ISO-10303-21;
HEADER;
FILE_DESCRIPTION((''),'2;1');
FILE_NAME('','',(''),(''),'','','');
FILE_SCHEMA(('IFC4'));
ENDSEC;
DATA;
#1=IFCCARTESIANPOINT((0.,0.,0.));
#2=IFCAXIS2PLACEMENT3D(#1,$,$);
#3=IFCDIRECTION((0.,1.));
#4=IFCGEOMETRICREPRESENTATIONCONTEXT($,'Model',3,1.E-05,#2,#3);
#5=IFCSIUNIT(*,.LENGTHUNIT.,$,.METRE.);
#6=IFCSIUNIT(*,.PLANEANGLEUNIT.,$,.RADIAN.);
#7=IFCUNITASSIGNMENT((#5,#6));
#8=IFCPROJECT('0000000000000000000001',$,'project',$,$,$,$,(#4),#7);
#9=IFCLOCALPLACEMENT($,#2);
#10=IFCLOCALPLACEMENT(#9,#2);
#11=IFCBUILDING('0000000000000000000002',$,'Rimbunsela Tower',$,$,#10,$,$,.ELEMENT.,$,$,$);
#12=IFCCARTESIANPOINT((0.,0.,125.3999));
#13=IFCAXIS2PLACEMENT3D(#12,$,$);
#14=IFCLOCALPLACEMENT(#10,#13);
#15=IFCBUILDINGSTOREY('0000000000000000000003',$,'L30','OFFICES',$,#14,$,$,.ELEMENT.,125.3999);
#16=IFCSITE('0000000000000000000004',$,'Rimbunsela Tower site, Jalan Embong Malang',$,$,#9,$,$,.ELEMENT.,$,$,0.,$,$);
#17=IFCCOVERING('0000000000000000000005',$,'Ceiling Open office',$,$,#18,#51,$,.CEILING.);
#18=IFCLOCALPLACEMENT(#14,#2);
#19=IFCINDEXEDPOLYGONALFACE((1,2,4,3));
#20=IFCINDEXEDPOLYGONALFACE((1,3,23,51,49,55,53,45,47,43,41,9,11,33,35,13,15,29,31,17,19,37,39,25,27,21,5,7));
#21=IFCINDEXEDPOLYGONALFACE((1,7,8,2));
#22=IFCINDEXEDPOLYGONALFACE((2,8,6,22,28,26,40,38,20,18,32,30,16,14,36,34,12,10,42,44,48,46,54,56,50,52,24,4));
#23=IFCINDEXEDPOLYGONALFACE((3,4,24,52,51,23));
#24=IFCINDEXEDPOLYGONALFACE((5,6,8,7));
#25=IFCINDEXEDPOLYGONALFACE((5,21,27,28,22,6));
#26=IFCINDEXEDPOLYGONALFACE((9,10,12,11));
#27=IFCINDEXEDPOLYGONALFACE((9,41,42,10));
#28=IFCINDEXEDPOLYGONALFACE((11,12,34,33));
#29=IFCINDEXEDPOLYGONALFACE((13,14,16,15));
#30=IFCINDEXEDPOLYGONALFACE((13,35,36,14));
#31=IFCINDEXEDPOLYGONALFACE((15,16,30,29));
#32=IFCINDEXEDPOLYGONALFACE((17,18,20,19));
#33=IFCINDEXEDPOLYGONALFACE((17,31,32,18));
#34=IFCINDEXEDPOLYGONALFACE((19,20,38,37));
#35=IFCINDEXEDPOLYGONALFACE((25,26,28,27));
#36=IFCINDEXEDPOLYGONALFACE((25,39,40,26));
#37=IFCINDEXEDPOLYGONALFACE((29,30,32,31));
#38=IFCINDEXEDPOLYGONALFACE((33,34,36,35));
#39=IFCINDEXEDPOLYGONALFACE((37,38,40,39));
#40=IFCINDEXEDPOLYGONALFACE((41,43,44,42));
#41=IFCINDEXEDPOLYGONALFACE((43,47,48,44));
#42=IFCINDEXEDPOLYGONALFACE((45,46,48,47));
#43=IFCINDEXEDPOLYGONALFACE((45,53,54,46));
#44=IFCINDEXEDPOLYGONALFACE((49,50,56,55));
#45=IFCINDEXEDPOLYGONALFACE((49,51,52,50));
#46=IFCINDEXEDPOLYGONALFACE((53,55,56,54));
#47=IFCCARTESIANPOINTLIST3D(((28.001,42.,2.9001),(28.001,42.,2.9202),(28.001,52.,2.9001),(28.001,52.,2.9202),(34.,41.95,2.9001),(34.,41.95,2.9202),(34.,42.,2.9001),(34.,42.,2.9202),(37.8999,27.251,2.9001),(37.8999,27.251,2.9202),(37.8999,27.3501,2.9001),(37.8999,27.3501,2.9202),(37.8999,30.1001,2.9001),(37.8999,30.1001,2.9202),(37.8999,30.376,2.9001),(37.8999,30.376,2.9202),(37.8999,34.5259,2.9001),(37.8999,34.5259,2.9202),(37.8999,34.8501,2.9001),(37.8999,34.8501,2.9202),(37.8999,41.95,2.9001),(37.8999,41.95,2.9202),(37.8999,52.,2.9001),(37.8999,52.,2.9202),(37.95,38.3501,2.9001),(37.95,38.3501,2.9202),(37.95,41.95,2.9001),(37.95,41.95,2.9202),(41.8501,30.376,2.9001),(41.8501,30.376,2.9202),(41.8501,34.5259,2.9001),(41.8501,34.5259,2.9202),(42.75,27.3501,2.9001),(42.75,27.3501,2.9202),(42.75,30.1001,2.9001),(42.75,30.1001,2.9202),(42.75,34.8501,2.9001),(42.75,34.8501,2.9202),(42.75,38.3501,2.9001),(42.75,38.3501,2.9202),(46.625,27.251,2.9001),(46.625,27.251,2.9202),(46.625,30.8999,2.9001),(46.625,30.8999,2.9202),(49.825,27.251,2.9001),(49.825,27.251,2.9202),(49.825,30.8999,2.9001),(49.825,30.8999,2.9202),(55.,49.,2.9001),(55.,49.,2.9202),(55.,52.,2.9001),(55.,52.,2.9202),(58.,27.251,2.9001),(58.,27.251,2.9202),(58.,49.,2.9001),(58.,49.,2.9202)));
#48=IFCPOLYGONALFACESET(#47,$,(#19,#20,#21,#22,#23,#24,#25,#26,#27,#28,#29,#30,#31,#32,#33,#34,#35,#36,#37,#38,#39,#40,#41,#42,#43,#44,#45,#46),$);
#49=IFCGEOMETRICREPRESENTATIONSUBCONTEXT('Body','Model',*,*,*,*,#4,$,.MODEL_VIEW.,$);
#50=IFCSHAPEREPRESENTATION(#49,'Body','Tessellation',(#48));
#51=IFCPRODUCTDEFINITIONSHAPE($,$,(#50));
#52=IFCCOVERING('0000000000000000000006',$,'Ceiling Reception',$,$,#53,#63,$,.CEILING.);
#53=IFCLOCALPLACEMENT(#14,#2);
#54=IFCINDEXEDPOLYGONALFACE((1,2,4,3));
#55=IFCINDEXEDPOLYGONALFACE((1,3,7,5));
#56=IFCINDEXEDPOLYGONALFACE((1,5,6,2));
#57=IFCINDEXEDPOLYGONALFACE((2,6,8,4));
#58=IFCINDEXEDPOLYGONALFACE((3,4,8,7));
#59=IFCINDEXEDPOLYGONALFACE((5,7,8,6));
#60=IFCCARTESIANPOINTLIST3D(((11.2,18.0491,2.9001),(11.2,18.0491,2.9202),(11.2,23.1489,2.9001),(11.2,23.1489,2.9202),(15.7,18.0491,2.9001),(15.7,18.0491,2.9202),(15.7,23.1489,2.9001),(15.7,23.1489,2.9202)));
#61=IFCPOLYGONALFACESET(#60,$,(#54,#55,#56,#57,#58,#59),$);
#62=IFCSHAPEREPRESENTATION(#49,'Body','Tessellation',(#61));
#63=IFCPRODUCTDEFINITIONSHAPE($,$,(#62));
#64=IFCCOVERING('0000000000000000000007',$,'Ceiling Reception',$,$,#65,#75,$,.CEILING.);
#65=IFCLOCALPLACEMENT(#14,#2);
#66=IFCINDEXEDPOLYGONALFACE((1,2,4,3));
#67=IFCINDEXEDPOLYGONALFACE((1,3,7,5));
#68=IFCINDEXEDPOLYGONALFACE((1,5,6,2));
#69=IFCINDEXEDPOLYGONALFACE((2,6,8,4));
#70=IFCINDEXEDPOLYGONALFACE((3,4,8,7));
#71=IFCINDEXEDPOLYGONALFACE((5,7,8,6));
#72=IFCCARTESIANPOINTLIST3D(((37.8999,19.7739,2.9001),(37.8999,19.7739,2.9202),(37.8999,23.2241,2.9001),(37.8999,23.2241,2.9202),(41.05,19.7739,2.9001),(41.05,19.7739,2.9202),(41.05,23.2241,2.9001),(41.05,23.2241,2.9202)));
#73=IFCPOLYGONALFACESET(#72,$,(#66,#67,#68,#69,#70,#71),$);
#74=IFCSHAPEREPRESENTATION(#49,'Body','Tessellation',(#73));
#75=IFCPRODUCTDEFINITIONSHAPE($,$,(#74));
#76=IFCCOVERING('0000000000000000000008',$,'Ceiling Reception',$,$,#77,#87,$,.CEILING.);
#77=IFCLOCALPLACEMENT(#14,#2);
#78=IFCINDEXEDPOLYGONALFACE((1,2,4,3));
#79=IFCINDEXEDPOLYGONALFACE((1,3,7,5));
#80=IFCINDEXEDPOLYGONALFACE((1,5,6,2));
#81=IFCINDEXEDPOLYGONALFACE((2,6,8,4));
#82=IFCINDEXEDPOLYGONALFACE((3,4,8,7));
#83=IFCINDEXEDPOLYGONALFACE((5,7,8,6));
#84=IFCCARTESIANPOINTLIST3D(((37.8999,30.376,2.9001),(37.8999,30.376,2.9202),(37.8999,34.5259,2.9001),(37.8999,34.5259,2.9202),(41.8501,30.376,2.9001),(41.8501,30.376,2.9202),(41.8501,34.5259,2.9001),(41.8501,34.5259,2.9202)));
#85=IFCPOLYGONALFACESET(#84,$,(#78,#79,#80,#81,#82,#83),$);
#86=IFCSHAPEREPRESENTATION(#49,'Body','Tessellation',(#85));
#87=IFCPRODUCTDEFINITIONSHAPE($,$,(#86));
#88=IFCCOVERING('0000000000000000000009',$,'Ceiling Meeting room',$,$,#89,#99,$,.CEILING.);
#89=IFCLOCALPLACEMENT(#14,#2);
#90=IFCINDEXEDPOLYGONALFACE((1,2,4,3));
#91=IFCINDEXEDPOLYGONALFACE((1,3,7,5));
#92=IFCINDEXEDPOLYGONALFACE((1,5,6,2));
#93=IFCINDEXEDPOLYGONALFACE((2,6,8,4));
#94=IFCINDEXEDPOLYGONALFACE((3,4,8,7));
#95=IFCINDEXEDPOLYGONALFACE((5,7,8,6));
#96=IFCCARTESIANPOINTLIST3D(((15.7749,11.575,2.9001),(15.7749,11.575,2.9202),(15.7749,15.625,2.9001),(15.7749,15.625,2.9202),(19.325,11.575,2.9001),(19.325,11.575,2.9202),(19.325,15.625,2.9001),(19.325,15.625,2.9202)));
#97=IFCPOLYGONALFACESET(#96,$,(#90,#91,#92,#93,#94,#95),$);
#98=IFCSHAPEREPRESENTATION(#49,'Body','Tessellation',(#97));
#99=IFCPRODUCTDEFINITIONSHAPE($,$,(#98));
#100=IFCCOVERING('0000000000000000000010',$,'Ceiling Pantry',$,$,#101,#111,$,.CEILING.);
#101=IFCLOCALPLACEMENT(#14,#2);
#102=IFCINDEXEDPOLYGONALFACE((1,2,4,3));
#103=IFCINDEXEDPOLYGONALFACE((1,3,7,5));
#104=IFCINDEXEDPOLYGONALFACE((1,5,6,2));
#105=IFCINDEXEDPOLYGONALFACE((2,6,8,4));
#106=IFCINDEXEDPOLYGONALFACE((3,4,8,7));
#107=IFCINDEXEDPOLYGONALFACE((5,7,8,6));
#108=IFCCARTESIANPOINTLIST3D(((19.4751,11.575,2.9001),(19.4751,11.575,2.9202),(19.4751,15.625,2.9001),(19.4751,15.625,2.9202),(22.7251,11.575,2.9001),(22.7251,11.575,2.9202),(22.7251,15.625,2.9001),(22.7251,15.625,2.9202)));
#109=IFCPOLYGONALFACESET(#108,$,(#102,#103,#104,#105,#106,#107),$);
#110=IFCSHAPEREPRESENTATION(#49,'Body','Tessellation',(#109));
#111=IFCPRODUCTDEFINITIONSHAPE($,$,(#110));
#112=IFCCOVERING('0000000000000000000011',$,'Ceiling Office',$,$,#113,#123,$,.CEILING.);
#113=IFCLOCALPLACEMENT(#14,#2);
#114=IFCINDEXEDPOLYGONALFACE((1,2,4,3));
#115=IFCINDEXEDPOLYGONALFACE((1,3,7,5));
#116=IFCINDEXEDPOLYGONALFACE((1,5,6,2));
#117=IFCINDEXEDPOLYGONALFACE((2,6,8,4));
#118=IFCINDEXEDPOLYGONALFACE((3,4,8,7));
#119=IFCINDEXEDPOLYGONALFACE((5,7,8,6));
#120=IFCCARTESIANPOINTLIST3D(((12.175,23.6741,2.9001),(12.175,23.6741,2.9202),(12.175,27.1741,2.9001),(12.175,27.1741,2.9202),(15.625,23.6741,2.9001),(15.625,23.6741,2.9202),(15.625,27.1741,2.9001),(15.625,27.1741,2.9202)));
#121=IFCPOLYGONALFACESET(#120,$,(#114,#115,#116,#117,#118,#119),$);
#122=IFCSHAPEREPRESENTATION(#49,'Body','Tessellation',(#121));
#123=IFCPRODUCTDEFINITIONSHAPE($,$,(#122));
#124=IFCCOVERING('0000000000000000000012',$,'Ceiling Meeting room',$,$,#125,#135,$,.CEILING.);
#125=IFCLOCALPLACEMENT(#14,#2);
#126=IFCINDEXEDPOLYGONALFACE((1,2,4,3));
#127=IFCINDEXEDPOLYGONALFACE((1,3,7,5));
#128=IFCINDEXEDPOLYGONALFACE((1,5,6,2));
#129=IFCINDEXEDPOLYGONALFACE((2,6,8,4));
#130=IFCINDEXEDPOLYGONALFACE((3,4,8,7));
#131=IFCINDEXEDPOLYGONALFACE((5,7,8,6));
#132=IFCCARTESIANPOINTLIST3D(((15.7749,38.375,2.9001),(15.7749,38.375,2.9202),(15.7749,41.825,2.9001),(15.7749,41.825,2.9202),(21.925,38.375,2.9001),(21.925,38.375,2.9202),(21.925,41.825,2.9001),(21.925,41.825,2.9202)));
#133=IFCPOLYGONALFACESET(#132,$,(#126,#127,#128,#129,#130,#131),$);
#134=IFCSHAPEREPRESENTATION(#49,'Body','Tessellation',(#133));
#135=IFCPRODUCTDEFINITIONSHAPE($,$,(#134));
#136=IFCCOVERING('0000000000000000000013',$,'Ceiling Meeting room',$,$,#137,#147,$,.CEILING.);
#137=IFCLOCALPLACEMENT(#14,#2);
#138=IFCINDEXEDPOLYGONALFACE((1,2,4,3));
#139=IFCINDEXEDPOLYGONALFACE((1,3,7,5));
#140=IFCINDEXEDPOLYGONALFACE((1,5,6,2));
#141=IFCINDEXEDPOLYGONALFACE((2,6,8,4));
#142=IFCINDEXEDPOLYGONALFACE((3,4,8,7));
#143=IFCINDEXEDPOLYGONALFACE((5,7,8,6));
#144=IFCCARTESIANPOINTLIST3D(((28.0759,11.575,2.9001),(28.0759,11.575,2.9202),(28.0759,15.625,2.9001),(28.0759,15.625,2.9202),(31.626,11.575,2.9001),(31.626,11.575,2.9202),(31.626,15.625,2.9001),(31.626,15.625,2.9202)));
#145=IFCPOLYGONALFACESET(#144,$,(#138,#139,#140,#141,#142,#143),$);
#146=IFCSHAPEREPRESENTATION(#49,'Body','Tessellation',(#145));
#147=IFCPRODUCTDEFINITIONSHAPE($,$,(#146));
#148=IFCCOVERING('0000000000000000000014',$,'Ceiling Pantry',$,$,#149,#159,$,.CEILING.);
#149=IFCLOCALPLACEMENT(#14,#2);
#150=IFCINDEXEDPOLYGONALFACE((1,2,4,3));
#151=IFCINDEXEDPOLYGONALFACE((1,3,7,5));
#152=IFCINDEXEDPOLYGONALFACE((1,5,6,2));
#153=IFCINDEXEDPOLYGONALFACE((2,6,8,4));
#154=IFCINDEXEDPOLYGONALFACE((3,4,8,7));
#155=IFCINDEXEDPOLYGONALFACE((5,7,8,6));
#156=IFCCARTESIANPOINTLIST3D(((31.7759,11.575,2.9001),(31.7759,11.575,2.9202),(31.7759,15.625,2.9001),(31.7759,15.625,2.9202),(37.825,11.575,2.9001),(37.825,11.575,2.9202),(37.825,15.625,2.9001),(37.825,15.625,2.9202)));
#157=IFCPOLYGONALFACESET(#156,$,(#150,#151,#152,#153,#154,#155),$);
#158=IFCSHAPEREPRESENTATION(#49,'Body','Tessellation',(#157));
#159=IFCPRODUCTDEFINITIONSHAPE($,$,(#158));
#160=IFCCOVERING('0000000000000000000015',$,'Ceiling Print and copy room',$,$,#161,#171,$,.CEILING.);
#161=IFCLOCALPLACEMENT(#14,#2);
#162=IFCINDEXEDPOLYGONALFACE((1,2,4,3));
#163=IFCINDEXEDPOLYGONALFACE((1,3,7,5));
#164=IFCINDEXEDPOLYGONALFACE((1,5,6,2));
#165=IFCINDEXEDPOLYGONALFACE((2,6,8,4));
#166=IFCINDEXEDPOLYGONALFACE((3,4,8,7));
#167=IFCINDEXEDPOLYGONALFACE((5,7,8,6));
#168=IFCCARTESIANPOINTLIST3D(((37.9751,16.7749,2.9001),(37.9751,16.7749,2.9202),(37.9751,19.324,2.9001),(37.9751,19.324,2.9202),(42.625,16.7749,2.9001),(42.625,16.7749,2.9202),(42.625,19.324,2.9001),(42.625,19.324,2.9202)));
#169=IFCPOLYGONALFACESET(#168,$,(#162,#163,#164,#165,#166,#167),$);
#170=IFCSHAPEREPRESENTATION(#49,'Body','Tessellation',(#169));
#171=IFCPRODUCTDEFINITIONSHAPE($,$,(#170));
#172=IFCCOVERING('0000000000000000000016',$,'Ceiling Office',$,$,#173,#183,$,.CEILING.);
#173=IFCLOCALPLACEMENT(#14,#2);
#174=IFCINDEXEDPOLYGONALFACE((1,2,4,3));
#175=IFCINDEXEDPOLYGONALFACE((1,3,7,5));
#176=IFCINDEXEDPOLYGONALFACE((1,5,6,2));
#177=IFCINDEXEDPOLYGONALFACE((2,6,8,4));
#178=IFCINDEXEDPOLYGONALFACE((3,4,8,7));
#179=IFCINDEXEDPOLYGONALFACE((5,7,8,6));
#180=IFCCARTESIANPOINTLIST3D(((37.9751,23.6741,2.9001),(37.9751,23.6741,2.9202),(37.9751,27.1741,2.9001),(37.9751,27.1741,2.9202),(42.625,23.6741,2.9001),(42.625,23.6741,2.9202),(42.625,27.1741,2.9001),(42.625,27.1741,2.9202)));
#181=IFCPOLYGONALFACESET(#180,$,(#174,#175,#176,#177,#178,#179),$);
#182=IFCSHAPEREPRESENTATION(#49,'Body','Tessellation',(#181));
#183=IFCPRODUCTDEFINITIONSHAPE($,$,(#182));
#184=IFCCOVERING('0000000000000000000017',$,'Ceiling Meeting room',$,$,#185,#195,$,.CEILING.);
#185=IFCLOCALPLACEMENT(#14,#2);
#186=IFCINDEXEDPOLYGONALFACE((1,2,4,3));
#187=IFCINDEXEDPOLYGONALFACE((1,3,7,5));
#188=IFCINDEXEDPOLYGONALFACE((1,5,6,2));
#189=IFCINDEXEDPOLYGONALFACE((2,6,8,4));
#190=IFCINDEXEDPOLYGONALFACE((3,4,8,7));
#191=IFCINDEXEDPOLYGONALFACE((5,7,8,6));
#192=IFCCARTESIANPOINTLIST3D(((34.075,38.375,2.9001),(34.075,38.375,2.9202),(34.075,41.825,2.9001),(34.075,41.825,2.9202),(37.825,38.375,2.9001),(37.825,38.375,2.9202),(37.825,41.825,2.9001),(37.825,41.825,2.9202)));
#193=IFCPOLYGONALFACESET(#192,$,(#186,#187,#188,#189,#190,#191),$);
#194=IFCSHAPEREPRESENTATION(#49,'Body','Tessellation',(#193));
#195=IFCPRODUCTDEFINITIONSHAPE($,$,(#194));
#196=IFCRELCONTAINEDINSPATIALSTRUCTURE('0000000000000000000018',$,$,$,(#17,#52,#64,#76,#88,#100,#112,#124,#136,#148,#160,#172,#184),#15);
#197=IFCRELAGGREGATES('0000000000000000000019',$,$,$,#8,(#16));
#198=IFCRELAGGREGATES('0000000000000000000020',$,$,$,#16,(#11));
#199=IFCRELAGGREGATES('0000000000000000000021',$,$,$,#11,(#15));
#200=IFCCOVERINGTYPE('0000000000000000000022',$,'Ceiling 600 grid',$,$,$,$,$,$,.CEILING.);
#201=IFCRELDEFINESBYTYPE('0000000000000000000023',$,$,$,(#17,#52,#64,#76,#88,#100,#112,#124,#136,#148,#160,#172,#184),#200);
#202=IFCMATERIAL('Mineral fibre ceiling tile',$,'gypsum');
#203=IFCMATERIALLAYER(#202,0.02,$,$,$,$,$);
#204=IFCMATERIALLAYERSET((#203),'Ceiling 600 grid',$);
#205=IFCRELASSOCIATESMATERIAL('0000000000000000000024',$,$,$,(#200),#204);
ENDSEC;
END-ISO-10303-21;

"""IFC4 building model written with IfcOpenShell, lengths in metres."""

from ifc_helpers import new_model, si_unit, direction, frame, origin, place, context, subcontext, project, spatial, polyline, outline, extrude, material, layer, layer_set, type_object, element, save


model = new_model("IFC4")

# Units and contexts
model_context = context("Model", 3, precision=1e-05, world=origin(), true_north=direction((0.0, 1.0)))
body_context = subcontext(model_context, "Body", "Model", "MODEL_VIEW")
ifc_project = project(units=[si_unit("LENGTHUNIT", "METRE"), si_unit("PLANEANGLEUNIT", "RADIAN")], contexts=[model_context])

# Site, building, storey
site_placement = place(None, origin())
site = spatial("IfcSite", under=ifc_project, at=site_placement, Name="Rimbunsela Tower site, Jalan Embong Malang", CompositionType="ELEMENT", RefElevation=0.0)
building_placement = place(site_placement, origin())
building = spatial("IfcBuilding", under=site, at=building_placement, Name="Rimbunsela Tower", CompositionType="ELEMENT")
storey_placement = place(building_placement, frame((0.0, 0.0, 125.3999)))
storey = spatial("IfcBuildingStorey", under=building, at=storey_placement, Name="L30", Description="OFFICES", CompositionType="ELEMENT", Elevation=125.3999)

# Coverings
ifc_material_1 = material(Name="Mineral fibre ceiling tile", Category="gypsum")
ifc_layer_1 = layer(ifc_material_1, 0.02)
ifc_layer_set_1 = layer_set([ifc_layer_1], Name="Ceiling 600 grid")
covering_type_1 = type_object("IfcCoveringType", Name="Ceiling 600 grid", PredefinedType="CEILING", material=ifc_layer_set_1)
covering_1_placement = place(storey_placement, frame((0.0, 0.0, 2.9001)))
element("IfcCovering", 1, at=covering_1_placement, inside=storey, type_object=covering_type_1, Name="Ceiling Open office", PredefinedType="CEILING", context=body_context, shape_type="SweptSolid", body=[
    extrude(outline(polyline([(49.825, 27.251), (49.825, 30.8999), (46.625, 30.8999), (46.625, 27.251), (37.8999, 27.251), (37.8999, 27.3501), (42.75, 27.3501), (42.75, 30.1001), (37.8999, 30.1001), (37.8999, 30.376), (41.8501, 30.376), (41.8501, 34.5259), (37.8999, 34.5259), (37.8999, 34.8501), (42.75, 34.8501), (42.75, 38.3501), (37.95, 38.3501), (37.95, 41.95), (37.8999, 41.95), (34.0, 41.95), (34.0, 42.0), (28.001, 42.0), (28.001, 52.0), (37.8999, 52.0), (55.0, 52.0), (55.0, 49.0), (58.0, 49.0), (58.0, 27.251), (49.825, 27.251)])), origin(), (0.0, 0.0, 1.0), 0.02),
])
covering_2_placement = place(storey_placement, frame((0.0, 0.0, 2.9001)))
element("IfcCovering", 2, at=covering_2_placement, inside=storey, type_object=covering_type_1, Name="Ceiling Reception", PredefinedType="CEILING", context=body_context, shape_type="SweptSolid", body=[
    extrude(outline(polyline([(15.7, 18.0491), (15.7, 23.1489), (11.2, 23.1489), (11.2, 18.0491), (15.7, 18.0491)])), origin(), (0.0, 0.0, 1.0), 0.02),
])
covering_3_placement = place(storey_placement, frame((0.0, 0.0, 2.9001)))
element("IfcCovering", 3, at=covering_3_placement, inside=storey, type_object=covering_type_1, Name="Ceiling Reception", PredefinedType="CEILING", context=body_context, shape_type="SweptSolid", body=[
    extrude(outline(polyline([(41.05, 19.7739), (41.05, 23.2241), (37.8999, 23.2241), (37.8999, 19.7739), (41.05, 19.7739)])), origin(), (0.0, 0.0, 1.0), 0.02),
])
covering_4_placement = place(storey_placement, frame((0.0, 0.0, 2.9001)))
element("IfcCovering", 4, at=covering_4_placement, inside=storey, type_object=covering_type_1, Name="Ceiling Reception", PredefinedType="CEILING", context=body_context, shape_type="SweptSolid", body=[
    extrude(outline(polyline([(41.8501, 30.376), (41.8501, 34.5259), (37.8999, 34.5259), (37.8999, 30.376), (41.8501, 30.376)])), origin(), (0.0, 0.0, 1.0), 0.02),
])
covering_5_placement = place(storey_placement, frame((0.0, 0.0, 2.9001)))
element("IfcCovering", 5, at=covering_5_placement, inside=storey, type_object=covering_type_1, Name="Ceiling Meeting room", PredefinedType="CEILING", context=body_context, shape_type="SweptSolid", body=[
    extrude(outline(polyline([(19.325, 11.575), (19.325, 15.625), (15.7749, 15.625), (15.7749, 11.575), (19.325, 11.575)])), origin(), (0.0, 0.0, 1.0), 0.02),
])
covering_6_placement = place(storey_placement, frame((0.0, 0.0, 2.9001)))
element("IfcCovering", 6, at=covering_6_placement, inside=storey, type_object=covering_type_1, Name="Ceiling Pantry", PredefinedType="CEILING", context=body_context, shape_type="SweptSolid", body=[
    extrude(outline(polyline([(22.7251, 11.575), (22.7251, 15.625), (19.4751, 15.625), (19.4751, 11.575), (22.7251, 11.575)])), origin(), (0.0, 0.0, 1.0), 0.02),
])
covering_7_placement = place(storey_placement, frame((0.0, 0.0, 2.9001)))
element("IfcCovering", 7, at=covering_7_placement, inside=storey, type_object=covering_type_1, Name="Ceiling Office", PredefinedType="CEILING", context=body_context, shape_type="SweptSolid", body=[
    extrude(outline(polyline([(15.625, 23.6741), (15.625, 27.1741), (12.175, 27.1741), (12.175, 23.6741), (15.625, 23.6741)])), origin(), (0.0, 0.0, 1.0), 0.02),
])
covering_8_placement = place(storey_placement, frame((0.0, 0.0, 2.9001)))
element("IfcCovering", 8, at=covering_8_placement, inside=storey, type_object=covering_type_1, Name="Ceiling Meeting room", PredefinedType="CEILING", context=body_context, shape_type="SweptSolid", body=[
    extrude(outline(polyline([(21.925, 38.375), (21.925, 41.825), (15.7749, 41.825), (15.7749, 38.375), (21.925, 38.375)])), origin(), (0.0, 0.0, 1.0), 0.02),
])
covering_9_placement = place(storey_placement, frame((0.0, 0.0, 2.9001)))
element("IfcCovering", 9, at=covering_9_placement, inside=storey, type_object=covering_type_1, Name="Ceiling Meeting room", PredefinedType="CEILING", context=body_context, shape_type="SweptSolid", body=[
    extrude(outline(polyline([(31.626, 11.575), (31.626, 15.625), (28.0759, 15.625), (28.0759, 11.575), (31.626, 11.575)])), origin(), (0.0, 0.0, 1.0), 0.02),
])
covering_10_placement = place(storey_placement, frame((0.0, 0.0, 2.9001)))
element("IfcCovering", 10, at=covering_10_placement, inside=storey, type_object=covering_type_1, Name="Ceiling Pantry", PredefinedType="CEILING", context=body_context, shape_type="SweptSolid", body=[
    extrude(outline(polyline([(37.825, 11.575), (37.825, 15.625), (31.7759, 15.625), (31.7759, 11.575), (37.825, 11.575)])), origin(), (0.0, 0.0, 1.0), 0.02),
])
covering_11_placement = place(storey_placement, frame((0.0, 0.0, 2.9001)))
element("IfcCovering", 11, at=covering_11_placement, inside=storey, type_object=covering_type_1, Name="Ceiling Print and copy room", PredefinedType="CEILING", context=body_context, shape_type="SweptSolid", body=[
    extrude(outline(polyline([(42.625, 16.7749), (42.625, 19.324), (37.9751, 19.324), (37.9751, 16.7749), (42.625, 16.7749)])), origin(), (0.0, 0.0, 1.0), 0.02),
])
covering_12_placement = place(storey_placement, frame((0.0, 0.0, 2.9001)))
element("IfcCovering", 12, at=covering_12_placement, inside=storey, type_object=covering_type_1, Name="Ceiling Office", PredefinedType="CEILING", context=body_context, shape_type="SweptSolid", body=[
    extrude(outline(polyline([(42.625, 23.6741), (42.625, 27.1741), (37.9751, 27.1741), (37.9751, 23.6741), (42.625, 23.6741)])), origin(), (0.0, 0.0, 1.0), 0.02),
])
covering_13_placement = place(storey_placement, frame((0.0, 0.0, 2.9001)))
element("IfcCovering", 13, at=covering_13_placement, inside=storey, type_object=covering_type_1, Name="Ceiling Meeting room", PredefinedType="CEILING", context=body_context, shape_type="SweptSolid", body=[
    extrude(outline(polyline([(37.825, 38.375), (37.825, 41.825), (34.075, 41.825), (34.075, 38.375), (37.825, 38.375)])), origin(), (0.0, 0.0, 1.0), 0.02),
])

save(model, "model.ifc")
